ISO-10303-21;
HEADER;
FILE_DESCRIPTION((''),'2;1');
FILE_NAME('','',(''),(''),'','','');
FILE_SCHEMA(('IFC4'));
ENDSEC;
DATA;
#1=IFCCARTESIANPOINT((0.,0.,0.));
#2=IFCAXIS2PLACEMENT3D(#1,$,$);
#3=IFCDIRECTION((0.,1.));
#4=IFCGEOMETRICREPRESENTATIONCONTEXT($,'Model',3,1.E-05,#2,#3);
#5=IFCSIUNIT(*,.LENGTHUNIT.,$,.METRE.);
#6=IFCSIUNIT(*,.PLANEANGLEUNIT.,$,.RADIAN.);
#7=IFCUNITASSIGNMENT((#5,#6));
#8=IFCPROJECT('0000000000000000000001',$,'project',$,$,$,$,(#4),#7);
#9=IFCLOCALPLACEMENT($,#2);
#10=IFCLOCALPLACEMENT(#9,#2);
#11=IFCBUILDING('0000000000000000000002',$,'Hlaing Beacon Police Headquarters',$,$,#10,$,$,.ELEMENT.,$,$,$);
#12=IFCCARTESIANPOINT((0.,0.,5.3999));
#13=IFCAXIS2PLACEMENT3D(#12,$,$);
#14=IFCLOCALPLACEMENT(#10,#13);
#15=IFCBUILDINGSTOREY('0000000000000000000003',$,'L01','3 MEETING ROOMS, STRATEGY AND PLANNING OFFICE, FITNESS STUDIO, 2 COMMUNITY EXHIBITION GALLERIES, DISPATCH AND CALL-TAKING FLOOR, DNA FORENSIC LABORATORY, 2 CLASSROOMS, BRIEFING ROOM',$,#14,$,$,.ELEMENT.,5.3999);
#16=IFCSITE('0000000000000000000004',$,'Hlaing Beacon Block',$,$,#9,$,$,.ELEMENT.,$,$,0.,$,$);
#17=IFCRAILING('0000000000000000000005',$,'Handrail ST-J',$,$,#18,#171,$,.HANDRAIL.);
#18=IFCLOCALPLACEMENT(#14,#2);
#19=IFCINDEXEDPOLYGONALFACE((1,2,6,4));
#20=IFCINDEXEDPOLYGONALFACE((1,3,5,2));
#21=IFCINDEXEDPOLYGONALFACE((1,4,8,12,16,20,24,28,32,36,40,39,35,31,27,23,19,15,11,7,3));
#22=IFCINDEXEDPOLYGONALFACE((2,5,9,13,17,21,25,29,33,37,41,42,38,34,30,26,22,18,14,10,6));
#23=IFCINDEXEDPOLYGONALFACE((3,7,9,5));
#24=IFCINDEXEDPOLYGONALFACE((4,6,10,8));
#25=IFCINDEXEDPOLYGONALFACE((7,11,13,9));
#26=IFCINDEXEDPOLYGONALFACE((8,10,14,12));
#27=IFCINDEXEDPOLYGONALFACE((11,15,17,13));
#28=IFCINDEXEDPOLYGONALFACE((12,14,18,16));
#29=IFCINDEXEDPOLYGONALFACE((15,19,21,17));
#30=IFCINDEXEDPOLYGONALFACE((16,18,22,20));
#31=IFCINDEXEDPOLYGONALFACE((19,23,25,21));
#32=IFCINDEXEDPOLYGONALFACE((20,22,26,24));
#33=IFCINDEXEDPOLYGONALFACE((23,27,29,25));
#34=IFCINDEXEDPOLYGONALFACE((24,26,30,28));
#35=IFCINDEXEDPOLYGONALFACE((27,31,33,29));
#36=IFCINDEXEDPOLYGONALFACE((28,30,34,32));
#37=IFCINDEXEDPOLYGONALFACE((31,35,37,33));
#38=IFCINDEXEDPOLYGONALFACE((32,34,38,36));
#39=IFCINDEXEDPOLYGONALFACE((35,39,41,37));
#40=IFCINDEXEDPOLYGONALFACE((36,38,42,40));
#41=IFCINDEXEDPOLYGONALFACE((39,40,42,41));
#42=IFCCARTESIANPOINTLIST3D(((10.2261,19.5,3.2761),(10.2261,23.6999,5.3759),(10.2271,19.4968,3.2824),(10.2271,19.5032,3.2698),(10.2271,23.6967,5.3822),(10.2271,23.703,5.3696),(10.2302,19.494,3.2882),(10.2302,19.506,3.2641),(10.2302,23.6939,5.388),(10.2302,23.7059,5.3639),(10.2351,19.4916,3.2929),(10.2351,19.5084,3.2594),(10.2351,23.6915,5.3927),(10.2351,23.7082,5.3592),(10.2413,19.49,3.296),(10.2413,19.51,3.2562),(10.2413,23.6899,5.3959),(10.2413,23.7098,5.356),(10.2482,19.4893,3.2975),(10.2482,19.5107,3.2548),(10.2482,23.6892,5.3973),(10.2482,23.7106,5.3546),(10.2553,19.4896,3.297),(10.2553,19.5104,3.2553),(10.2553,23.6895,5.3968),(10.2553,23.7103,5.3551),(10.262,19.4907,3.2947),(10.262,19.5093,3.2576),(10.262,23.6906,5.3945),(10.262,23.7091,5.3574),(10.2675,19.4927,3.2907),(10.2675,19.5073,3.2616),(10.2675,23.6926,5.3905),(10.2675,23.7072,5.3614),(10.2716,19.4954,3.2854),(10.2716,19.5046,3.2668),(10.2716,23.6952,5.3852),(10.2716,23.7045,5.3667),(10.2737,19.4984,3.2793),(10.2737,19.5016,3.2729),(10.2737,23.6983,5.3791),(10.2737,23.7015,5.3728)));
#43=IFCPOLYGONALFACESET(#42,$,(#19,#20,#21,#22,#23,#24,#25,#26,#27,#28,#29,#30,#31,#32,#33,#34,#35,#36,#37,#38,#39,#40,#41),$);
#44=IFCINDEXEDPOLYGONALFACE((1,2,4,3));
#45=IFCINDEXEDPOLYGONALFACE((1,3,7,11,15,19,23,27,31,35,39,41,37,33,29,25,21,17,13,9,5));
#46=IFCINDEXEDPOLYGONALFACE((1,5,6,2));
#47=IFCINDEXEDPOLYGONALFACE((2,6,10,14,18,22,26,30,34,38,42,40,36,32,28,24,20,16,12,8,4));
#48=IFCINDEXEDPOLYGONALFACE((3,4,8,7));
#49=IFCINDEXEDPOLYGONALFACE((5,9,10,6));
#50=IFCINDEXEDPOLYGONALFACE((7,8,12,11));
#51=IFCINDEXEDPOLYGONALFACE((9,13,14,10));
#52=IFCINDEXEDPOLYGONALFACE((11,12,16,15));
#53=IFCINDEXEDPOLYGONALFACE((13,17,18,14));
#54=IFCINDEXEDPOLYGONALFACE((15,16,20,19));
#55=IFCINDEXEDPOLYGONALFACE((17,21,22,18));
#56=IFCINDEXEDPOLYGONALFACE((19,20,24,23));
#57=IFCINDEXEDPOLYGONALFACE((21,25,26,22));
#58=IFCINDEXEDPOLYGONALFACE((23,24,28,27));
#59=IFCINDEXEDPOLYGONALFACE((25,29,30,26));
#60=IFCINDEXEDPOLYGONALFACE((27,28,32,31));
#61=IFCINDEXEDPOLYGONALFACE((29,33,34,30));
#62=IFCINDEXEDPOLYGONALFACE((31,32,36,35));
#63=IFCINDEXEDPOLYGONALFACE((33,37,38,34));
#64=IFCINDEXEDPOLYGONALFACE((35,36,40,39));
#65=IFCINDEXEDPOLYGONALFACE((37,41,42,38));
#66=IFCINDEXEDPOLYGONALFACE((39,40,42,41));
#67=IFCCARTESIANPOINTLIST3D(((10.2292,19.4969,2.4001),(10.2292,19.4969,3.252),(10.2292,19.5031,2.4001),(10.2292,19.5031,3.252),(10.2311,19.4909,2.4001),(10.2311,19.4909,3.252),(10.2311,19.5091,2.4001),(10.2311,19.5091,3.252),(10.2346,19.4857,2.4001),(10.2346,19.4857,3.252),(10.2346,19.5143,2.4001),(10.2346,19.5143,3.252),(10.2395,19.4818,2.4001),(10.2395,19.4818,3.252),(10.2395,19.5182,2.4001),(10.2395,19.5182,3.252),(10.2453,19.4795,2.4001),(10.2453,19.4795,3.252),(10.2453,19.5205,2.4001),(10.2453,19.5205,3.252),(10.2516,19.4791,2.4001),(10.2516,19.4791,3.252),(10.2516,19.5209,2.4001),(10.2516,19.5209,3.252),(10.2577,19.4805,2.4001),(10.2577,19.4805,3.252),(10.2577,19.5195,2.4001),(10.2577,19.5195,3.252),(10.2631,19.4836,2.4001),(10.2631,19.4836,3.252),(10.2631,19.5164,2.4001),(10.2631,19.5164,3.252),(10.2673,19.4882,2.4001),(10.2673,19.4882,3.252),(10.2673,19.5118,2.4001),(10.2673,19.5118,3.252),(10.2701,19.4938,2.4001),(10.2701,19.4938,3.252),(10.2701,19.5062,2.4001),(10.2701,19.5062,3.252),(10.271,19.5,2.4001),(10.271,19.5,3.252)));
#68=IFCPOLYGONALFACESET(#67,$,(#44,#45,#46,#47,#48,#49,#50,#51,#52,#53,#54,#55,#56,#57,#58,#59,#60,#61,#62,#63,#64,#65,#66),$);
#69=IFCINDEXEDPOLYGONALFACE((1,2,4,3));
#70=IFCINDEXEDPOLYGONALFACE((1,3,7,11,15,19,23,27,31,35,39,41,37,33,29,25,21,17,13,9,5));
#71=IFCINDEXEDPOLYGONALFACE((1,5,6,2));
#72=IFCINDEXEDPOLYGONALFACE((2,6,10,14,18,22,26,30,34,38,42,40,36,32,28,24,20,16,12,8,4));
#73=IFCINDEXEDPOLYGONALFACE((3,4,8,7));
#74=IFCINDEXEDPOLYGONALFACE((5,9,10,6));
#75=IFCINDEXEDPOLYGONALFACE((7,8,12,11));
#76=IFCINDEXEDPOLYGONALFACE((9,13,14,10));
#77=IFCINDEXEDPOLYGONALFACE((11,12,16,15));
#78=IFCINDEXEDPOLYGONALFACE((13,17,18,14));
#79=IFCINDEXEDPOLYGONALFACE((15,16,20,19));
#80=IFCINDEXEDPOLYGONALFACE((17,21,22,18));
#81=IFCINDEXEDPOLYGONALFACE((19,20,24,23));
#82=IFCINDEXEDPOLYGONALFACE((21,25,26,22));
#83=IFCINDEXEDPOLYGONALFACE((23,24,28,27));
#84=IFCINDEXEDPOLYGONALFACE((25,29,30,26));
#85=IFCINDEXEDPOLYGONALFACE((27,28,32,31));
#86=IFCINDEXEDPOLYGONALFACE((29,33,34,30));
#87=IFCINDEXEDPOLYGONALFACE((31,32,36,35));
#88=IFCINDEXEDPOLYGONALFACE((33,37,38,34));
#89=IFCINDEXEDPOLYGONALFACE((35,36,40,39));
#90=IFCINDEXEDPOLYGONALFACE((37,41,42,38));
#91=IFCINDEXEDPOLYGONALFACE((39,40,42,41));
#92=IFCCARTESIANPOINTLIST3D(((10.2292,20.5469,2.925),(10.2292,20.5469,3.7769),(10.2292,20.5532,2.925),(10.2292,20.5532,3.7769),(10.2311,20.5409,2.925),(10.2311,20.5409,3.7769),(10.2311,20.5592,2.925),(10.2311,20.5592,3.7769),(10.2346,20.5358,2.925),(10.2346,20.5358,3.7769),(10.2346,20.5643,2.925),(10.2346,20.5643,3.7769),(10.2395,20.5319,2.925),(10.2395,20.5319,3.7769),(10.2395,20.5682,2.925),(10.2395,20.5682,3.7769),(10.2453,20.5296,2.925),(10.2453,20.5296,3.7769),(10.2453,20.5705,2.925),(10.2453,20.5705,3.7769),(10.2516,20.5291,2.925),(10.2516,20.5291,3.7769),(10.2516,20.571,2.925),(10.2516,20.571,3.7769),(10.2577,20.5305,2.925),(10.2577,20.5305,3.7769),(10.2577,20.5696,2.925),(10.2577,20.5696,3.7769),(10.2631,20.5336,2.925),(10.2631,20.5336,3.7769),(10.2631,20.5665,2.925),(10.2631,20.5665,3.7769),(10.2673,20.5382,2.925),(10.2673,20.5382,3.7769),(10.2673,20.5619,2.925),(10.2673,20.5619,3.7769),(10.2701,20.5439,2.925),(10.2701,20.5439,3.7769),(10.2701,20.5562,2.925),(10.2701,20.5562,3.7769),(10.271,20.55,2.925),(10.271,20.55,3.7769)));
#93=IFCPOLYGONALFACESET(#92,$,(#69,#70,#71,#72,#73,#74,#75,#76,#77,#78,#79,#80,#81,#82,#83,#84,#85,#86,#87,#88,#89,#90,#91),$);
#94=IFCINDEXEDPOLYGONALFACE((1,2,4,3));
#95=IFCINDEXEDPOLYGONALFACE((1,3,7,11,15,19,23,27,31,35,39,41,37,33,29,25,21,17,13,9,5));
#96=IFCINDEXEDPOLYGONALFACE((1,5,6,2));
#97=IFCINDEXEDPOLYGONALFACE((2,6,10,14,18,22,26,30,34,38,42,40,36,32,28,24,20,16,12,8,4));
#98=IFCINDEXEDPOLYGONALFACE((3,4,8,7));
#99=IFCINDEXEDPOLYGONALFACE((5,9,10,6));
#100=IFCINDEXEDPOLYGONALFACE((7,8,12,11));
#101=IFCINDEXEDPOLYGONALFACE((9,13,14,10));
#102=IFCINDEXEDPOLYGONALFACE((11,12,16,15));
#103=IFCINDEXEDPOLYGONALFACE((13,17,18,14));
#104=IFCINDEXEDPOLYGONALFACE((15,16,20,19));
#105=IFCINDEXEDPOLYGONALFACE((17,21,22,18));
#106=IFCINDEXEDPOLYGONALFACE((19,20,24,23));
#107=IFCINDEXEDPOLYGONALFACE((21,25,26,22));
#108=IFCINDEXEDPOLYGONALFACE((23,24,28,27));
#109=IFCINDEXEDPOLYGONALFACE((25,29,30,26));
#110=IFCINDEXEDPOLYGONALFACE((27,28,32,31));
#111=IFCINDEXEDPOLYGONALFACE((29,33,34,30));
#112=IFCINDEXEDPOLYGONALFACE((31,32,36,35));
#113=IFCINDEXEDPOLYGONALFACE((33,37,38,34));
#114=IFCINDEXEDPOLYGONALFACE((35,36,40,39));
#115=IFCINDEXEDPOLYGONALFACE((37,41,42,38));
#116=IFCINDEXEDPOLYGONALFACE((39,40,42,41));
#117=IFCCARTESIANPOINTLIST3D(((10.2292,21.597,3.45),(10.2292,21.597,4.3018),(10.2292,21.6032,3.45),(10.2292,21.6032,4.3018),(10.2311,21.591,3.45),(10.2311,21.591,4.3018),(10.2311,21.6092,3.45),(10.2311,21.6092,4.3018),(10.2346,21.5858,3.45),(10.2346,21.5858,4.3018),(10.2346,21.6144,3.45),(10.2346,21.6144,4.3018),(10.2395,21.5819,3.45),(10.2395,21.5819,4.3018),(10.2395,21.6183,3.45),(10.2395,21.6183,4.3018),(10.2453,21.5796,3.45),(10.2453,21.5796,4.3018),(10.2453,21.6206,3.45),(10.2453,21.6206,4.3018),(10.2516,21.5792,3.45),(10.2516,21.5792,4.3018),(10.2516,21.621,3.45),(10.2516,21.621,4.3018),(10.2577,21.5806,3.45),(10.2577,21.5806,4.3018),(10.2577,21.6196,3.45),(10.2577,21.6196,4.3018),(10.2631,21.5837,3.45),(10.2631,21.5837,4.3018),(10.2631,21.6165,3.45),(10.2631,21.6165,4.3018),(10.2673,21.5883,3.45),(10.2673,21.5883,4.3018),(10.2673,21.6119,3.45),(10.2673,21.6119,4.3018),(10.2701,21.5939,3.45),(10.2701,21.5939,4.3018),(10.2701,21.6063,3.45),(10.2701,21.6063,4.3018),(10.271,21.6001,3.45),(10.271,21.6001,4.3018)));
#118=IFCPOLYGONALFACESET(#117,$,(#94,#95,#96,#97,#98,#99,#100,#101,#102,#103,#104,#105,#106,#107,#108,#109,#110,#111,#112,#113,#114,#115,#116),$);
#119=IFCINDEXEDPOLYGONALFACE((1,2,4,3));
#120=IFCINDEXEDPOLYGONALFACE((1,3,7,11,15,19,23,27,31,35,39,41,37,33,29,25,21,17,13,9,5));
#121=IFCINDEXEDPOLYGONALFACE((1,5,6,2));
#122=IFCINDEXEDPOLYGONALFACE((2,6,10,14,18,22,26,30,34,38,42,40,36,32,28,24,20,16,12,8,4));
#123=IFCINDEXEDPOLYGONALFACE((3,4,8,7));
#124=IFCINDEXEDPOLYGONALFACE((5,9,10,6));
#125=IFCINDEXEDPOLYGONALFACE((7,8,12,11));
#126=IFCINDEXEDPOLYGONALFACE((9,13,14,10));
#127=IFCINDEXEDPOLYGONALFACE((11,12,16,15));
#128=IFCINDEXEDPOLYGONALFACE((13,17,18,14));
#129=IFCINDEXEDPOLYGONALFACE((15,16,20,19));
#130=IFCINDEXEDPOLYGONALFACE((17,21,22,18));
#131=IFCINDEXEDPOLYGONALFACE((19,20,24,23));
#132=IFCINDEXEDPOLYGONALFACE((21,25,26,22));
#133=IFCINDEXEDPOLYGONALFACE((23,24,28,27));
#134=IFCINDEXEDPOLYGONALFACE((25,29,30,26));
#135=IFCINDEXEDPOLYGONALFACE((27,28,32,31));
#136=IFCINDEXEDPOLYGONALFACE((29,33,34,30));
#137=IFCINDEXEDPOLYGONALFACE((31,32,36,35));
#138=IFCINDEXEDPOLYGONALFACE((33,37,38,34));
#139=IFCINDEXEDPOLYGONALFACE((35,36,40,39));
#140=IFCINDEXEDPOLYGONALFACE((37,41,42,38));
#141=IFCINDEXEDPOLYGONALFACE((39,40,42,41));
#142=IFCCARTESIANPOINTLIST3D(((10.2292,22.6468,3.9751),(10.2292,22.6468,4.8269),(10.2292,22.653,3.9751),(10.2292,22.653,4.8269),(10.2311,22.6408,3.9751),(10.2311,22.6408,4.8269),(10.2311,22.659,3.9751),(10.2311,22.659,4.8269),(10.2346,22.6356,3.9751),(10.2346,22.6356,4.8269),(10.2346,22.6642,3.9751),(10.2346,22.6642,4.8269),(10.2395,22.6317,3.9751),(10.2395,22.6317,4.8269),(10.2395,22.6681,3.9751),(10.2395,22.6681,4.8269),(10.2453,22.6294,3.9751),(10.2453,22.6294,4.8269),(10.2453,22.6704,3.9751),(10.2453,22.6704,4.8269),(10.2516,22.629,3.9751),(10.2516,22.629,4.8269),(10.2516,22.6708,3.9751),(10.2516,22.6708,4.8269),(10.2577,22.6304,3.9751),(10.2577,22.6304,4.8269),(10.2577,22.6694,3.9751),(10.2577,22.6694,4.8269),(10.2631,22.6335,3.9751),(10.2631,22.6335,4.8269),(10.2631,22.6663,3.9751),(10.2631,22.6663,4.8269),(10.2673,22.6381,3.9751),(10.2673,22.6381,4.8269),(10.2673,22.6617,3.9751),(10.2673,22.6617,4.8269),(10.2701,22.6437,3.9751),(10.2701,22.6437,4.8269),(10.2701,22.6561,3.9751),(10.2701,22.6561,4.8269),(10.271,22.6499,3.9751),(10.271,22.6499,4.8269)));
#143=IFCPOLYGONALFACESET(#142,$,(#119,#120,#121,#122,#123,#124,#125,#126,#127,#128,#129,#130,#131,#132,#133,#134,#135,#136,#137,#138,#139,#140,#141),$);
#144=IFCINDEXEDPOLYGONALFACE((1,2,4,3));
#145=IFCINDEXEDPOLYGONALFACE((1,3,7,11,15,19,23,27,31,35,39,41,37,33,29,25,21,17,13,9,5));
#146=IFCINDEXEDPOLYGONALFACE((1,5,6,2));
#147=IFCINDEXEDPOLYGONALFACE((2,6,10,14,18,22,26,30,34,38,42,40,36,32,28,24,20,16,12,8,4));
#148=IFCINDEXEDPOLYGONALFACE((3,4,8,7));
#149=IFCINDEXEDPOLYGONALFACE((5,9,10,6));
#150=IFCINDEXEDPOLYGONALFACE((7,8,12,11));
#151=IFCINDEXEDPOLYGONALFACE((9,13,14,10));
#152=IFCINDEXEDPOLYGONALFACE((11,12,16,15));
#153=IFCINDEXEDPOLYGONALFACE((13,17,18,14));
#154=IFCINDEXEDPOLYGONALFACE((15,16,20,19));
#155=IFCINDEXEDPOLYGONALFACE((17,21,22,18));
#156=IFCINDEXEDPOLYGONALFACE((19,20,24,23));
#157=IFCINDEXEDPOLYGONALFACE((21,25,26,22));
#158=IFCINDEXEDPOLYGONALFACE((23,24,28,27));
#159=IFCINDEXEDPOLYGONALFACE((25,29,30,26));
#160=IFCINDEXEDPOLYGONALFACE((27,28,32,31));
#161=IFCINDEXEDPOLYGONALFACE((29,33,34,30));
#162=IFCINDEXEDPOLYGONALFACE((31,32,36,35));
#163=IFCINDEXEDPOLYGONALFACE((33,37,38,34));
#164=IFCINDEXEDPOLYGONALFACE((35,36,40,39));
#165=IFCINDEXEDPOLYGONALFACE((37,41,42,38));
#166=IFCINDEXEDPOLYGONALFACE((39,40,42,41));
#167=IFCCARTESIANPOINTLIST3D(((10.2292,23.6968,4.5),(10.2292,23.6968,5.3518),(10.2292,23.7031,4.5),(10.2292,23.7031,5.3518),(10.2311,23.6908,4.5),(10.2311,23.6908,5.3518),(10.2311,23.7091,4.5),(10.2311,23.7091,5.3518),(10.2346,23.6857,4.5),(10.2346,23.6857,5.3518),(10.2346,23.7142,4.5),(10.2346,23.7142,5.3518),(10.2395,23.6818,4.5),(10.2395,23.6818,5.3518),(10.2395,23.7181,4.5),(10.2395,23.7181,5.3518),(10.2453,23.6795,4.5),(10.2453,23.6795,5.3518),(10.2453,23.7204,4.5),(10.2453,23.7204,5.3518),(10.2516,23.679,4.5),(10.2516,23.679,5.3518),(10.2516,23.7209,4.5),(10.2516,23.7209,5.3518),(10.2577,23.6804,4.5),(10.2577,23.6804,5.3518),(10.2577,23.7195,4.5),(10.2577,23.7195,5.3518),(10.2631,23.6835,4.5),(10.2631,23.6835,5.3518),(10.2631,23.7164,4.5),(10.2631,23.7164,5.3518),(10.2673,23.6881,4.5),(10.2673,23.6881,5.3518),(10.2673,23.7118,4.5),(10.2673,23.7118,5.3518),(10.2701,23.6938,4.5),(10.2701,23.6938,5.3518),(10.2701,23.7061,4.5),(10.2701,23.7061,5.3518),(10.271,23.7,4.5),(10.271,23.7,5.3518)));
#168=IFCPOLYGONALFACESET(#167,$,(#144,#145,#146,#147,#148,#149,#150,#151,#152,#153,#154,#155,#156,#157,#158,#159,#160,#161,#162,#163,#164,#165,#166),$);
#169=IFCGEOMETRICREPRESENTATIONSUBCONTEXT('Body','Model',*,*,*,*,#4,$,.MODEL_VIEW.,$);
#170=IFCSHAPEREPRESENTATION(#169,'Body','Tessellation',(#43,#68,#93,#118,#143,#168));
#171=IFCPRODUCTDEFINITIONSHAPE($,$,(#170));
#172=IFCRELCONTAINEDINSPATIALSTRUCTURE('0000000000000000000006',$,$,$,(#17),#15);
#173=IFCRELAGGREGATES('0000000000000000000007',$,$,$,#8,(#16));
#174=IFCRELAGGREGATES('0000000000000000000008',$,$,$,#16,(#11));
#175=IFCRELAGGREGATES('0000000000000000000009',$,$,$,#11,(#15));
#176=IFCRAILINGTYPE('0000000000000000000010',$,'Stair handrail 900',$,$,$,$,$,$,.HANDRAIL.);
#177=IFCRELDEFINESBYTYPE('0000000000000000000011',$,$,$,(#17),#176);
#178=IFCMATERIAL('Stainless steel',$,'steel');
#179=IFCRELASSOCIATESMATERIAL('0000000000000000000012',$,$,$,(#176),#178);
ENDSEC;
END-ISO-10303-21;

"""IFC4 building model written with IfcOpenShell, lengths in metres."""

from ifc_helpers import new_model, si_unit, direction, frame, origin, origin_2d, place, context, subcontext, project, spatial, circle, extrude, material, type_object, element, save


model = new_model("IFC4")

# Units and contexts
model_context = context("Model", 3, precision=1e-05, world=origin(), true_north=direction((0.0, 1.0)))
body_context = subcontext(model_context, "Body", "Model", "MODEL_VIEW")
ifc_project = project(units=[si_unit("LENGTHUNIT", "METRE"), si_unit("PLANEANGLEUNIT", "RADIAN")], contexts=[model_context])

# Site, building, storey
site_placement = place(None, origin())
site = spatial("IfcSite", under=ifc_project, at=site_placement, Name="Hlaing Beacon Block", CompositionType="ELEMENT", RefElevation=0.0)
building_placement = place(site_placement, origin())
building = spatial("IfcBuilding", under=site, at=building_placement, Name="Hlaing Beacon Police Headquarters", CompositionType="ELEMENT")
storey_placement = place(building_placement, frame((0.0, 0.0, 5.3999)))
storey = spatial("IfcBuildingStorey", under=building, at=storey_placement, Name="L01", Description="3 MEETING ROOMS, STRATEGY AND PLANNING OFFICE, FITNESS STUDIO, 2 COMMUNITY EXHIBITION GALLERIES, DISPATCH AND CALL-TAKING FLOOR, DNA FORENSIC LABORATORY, 2 CLASSROOMS, BRIEFING ROOM", CompositionType="ELEMENT", Elevation=5.3999)

# Railing
ifc_material_1 = material(Name="Stainless steel", Category="steel")
railing_type_1 = type_object("IfcRailingType", Name="Stair handrail 900", PredefinedType="HANDRAIL", material=ifc_material_1)
for number, where, name in (
    (1, (10.25, 19.5, 2.4001), "Handrail ST-J"),
):
    element("IfcRailing", number, at=place(storey_placement, frame(where)), inside=storey, type_object=railing_type_1, Name=name, PredefinedType="HANDRAIL", context=body_context, shape_type="SweptSolid", body=[
        extrude(circle(Radius=0.0239, at=origin_2d()), frame((0.0, 0.0, 0.876), z_axis=(0.0, 0.894438, 0.447193), x_axis=(-1.0, 0.0, 0.0)), (0.0, 0.0, 1.0), 4.6956),
        extrude(circle(Radius=0.021, at=origin_2d()), origin(), (0.0, 0.0, 1.0), 0.8518),
        extrude(circle(Radius=0.021, at=origin_2d()), frame((0.0, 1.05, 0.5249)), (0.0, 0.0, 1.0), 0.8518),
        extrude(circle(Radius=0.021, at=origin_2d()), frame((0.0, 2.1001, 1.0498)), (0.0, 0.0, 1.0), 0.8518),
        extrude(circle(Radius=0.021, at=origin_2d()), frame((0.0, 3.1499, 1.575)), (0.0, 0.0, 1.0), 0.8518),
        extrude(circle(Radius=0.021, at=origin_2d()), frame((0.0, 4.2, 2.0999)), (0.0, 0.0, 1.0), 0.8518),
    ])

save(model, "model.ifc")
